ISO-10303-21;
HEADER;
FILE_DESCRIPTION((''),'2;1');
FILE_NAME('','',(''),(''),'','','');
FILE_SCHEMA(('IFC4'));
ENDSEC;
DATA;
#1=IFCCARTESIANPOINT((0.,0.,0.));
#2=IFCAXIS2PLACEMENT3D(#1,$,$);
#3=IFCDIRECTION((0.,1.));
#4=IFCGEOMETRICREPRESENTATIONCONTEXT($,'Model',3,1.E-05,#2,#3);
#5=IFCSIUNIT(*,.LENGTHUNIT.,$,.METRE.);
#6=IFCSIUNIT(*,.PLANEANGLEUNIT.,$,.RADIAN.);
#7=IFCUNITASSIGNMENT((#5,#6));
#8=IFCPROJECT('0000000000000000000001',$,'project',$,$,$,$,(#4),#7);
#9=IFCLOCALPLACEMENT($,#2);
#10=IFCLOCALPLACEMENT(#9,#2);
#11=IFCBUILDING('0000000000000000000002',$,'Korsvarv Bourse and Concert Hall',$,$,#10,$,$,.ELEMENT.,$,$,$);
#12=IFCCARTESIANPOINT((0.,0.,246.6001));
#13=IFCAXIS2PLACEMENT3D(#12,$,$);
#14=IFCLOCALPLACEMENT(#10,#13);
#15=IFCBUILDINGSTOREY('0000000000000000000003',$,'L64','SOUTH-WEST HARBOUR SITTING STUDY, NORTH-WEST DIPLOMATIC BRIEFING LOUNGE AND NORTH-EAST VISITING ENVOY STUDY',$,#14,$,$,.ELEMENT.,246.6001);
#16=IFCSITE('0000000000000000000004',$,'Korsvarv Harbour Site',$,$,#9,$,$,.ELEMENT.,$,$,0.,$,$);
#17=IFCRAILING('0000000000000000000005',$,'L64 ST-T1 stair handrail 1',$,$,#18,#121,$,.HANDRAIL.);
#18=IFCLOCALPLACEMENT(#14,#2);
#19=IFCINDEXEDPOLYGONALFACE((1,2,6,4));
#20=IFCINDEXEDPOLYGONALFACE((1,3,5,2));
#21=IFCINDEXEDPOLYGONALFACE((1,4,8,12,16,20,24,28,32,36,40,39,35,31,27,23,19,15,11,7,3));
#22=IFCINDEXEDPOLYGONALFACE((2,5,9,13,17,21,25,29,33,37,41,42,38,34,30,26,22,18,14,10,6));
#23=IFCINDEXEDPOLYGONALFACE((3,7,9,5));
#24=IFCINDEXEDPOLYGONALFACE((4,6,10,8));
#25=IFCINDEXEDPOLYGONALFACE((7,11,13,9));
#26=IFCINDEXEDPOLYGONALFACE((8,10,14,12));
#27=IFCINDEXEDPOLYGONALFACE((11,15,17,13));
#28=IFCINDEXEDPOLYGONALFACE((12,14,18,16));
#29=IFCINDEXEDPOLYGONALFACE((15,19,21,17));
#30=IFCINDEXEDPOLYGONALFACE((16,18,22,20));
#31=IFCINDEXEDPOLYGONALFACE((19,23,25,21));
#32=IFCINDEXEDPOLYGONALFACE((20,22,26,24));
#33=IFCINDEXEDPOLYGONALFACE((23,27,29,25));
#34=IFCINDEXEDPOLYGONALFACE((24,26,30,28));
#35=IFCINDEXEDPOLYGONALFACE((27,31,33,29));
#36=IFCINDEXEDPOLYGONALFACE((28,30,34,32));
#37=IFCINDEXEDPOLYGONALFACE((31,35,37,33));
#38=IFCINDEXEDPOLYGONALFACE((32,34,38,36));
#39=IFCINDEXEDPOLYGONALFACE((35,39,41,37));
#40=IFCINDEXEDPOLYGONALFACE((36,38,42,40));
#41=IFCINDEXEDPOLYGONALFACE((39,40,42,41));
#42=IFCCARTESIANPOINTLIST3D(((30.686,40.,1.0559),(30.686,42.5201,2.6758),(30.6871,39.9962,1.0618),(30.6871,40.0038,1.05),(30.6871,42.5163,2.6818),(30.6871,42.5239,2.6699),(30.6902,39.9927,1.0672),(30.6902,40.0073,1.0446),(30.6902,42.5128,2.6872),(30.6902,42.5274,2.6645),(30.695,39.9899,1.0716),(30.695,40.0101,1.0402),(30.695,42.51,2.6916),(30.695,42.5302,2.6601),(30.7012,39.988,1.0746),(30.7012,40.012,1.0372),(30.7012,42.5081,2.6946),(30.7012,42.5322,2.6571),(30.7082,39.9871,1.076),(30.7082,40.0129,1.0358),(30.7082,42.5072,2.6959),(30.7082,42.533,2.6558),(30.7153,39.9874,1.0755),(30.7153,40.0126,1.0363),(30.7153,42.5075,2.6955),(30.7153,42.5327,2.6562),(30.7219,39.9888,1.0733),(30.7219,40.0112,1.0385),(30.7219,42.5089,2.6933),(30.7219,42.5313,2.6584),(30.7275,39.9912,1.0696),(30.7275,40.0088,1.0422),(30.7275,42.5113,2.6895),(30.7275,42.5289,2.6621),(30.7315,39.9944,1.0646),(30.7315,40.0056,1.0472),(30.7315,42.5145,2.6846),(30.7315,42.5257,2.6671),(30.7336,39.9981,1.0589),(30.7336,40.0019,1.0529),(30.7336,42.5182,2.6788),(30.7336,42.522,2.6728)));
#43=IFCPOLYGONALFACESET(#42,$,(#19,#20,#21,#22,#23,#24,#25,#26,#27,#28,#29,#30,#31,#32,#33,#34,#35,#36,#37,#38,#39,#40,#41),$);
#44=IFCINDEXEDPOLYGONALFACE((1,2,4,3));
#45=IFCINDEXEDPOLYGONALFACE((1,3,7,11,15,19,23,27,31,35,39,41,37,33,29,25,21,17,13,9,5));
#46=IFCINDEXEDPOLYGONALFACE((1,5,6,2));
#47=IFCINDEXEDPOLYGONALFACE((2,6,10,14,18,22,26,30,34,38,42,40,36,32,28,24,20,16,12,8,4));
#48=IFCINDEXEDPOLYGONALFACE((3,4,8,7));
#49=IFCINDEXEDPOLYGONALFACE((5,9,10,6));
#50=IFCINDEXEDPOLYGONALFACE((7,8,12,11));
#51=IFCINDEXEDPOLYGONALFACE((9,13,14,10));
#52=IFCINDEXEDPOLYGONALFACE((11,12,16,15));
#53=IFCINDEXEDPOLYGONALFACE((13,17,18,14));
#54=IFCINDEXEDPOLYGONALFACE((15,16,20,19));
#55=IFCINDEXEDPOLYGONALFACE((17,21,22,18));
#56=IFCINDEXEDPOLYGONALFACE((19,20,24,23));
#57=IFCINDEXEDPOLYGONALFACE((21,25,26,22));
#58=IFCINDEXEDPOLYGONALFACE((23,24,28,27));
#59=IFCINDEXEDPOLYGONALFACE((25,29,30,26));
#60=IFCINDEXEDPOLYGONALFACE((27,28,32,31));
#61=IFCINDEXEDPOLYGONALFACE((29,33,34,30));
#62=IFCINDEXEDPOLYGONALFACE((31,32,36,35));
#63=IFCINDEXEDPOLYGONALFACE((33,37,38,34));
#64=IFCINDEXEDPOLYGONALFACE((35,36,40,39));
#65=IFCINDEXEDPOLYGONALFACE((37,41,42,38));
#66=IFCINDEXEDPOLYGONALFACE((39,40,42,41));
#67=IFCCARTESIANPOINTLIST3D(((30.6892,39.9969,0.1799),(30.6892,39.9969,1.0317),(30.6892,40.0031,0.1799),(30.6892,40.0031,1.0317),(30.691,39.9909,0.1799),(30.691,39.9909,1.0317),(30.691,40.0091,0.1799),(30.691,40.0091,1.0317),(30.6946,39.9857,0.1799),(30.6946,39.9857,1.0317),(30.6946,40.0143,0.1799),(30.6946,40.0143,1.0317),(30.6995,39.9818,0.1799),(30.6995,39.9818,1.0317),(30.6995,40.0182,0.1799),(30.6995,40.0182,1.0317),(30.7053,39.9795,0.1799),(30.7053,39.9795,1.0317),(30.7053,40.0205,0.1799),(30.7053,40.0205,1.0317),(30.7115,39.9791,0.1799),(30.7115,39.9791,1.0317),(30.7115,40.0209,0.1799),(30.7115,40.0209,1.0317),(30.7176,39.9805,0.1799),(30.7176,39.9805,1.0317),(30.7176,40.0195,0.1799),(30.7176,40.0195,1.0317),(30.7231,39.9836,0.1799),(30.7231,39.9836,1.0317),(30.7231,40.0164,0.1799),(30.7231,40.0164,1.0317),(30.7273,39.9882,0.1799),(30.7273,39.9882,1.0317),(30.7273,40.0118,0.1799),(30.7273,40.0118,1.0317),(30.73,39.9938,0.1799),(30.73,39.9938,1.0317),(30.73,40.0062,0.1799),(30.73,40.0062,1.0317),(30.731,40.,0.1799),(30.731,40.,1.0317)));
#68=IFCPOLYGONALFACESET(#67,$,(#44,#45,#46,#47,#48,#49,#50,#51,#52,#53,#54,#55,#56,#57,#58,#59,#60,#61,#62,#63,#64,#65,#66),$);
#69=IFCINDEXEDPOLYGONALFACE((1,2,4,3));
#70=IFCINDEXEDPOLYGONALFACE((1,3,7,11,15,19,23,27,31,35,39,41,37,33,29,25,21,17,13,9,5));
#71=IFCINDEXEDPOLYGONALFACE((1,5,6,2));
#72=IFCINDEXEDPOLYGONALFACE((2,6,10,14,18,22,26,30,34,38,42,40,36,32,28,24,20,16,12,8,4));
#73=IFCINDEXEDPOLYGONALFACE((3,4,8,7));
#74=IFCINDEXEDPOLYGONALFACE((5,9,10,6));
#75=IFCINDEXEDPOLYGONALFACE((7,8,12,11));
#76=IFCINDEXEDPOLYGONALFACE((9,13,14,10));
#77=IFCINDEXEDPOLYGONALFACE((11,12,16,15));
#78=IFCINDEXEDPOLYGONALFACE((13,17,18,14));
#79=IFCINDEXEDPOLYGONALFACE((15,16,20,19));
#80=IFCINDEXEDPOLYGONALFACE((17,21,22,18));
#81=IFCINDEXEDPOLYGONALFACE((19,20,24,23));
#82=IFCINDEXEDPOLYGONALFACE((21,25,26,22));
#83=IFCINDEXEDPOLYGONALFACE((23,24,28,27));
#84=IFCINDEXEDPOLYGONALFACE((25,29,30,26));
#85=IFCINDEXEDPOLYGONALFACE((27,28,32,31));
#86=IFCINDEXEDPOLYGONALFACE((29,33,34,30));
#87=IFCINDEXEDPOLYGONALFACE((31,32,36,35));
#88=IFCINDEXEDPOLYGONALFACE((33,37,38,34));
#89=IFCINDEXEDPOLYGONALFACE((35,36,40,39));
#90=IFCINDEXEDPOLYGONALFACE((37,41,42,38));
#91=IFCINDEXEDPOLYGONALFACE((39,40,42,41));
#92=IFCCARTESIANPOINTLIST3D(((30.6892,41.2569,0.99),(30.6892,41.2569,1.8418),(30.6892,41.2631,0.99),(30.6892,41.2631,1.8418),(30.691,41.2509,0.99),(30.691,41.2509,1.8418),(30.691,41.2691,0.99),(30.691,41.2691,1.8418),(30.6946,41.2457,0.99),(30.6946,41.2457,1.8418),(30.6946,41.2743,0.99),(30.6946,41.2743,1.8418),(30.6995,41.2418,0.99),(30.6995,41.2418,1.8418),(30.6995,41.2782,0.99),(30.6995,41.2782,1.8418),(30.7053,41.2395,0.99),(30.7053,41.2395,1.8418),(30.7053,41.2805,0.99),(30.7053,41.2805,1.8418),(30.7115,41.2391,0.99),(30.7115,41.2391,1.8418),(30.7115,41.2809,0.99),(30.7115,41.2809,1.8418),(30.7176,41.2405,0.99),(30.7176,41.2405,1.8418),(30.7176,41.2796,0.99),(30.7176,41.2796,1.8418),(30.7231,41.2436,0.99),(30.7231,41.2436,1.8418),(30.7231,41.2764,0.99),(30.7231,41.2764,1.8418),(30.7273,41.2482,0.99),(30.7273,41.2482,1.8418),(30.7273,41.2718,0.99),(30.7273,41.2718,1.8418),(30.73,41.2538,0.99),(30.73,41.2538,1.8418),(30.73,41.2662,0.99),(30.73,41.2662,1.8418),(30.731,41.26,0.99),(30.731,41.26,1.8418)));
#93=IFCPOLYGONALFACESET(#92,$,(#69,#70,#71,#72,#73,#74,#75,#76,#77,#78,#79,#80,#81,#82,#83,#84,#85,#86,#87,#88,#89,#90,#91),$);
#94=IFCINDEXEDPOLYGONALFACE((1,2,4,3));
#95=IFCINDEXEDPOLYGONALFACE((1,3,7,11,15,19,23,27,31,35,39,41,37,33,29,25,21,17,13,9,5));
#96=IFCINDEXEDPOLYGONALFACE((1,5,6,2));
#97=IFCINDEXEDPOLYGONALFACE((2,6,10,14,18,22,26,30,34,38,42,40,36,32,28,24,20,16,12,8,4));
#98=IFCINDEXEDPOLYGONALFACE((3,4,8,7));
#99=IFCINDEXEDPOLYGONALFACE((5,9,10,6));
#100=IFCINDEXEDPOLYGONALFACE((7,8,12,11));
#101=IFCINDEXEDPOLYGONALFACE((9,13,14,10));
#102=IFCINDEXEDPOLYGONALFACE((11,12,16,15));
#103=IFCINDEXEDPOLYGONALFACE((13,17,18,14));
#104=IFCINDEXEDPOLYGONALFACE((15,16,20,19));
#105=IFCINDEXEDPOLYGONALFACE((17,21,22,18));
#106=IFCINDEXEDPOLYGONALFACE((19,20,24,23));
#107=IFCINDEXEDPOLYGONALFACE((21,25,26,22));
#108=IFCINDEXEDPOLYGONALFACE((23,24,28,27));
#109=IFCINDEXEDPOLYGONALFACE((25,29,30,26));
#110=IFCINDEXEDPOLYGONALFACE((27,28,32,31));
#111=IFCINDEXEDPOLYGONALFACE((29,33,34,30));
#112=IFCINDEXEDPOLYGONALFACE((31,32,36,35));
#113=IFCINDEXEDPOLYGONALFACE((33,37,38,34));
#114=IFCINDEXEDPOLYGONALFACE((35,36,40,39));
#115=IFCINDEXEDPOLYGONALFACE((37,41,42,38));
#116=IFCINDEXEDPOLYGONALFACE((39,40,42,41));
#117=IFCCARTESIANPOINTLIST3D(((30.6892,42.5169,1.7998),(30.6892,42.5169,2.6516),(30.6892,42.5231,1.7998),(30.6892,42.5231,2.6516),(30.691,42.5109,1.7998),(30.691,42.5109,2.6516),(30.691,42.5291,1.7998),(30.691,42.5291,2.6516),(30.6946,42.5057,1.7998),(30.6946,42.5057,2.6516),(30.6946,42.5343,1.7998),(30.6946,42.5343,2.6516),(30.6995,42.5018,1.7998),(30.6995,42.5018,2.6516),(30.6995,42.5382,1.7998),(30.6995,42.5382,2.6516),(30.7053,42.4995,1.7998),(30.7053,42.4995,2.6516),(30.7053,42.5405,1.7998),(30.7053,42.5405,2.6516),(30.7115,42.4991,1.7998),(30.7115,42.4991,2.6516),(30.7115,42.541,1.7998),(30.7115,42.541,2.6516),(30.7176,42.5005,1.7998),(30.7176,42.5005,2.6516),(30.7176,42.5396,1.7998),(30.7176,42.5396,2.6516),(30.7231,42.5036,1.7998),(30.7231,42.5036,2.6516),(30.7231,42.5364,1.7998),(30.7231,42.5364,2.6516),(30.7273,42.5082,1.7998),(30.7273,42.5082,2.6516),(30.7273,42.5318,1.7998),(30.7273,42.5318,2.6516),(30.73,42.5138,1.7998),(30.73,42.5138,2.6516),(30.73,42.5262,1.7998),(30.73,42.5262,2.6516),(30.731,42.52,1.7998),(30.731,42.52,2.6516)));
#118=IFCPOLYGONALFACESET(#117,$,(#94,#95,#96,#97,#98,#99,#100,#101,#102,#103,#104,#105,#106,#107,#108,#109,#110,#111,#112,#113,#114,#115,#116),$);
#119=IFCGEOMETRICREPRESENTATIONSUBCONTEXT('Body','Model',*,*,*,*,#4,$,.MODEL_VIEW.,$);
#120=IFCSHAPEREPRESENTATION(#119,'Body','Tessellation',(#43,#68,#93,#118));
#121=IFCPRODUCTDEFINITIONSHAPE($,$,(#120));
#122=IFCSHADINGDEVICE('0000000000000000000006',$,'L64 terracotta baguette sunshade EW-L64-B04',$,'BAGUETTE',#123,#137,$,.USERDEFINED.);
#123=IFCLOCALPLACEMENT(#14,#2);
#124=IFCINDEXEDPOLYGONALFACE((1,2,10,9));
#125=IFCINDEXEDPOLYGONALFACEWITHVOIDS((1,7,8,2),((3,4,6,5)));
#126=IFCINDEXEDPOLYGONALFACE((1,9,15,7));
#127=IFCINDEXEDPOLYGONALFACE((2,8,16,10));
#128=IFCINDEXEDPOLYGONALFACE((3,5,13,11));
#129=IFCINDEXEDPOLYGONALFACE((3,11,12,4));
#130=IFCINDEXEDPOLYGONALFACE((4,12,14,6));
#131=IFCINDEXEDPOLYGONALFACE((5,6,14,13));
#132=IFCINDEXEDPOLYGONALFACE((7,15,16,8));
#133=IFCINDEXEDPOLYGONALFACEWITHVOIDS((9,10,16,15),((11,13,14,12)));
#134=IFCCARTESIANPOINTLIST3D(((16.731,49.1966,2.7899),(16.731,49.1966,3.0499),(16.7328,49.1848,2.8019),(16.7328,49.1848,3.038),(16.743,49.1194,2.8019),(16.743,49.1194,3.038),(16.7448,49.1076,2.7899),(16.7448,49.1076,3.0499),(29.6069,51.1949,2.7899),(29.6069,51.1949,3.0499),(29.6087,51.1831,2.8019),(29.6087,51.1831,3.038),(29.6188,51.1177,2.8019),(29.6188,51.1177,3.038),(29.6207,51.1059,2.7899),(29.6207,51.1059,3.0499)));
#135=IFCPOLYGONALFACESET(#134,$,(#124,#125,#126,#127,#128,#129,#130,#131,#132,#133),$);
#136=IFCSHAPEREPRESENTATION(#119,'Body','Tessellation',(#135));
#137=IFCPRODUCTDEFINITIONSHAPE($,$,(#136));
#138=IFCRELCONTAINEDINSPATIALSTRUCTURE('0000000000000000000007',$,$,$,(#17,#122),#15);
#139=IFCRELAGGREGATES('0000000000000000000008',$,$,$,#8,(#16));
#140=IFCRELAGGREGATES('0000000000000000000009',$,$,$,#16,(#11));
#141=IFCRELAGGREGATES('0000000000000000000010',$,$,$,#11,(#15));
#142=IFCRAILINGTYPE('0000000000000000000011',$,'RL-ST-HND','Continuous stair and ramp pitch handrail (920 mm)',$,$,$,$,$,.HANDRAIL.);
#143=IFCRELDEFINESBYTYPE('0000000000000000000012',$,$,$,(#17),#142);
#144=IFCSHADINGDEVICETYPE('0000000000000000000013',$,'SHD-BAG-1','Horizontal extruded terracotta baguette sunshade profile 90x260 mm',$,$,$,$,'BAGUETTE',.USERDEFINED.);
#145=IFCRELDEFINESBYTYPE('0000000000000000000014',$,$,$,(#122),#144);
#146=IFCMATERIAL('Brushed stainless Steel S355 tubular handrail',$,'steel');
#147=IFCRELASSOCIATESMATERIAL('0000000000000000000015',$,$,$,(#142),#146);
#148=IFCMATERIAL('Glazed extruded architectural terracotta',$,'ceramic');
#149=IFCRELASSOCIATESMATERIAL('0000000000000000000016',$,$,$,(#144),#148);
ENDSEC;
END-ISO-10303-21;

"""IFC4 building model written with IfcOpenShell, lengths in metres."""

from ifc_helpers import new_model, si_unit, direction, frame, origin, origin_2d, place, context, subcontext, project, spatial, hollow_rectangle, circle, extrude, source, transform, mapped, material, material_profile, profile_set, type_object, element, save


model = new_model("IFC4")

# Units and contexts
model_context = context("Model", 3, precision=1e-05, world=origin(), true_north=direction((0.0, 1.0)))
body_context = subcontext(model_context, "Body", "Model", "MODEL_VIEW")
ifc_project = project(units=[si_unit("LENGTHUNIT", "METRE"), si_unit("PLANEANGLEUNIT", "RADIAN")], contexts=[model_context])

# Site, building, storey
site_placement = place(None, origin())
site = spatial("IfcSite", under=ifc_project, at=site_placement, Name="Korsvarv Harbour Site", CompositionType="ELEMENT", RefElevation=0.0)
building_placement = place(site_placement, origin())
building = spatial("IfcBuilding", under=site, at=building_placement, Name="Korsvarv Bourse and Concert Hall", CompositionType="ELEMENT")
storey_placement = place(building_placement, frame((0.0, 0.0, 246.6001)))
storey = spatial("IfcBuildingStorey", under=building, at=storey_placement, Name="L64", Description="SOUTH-WEST HARBOUR SITTING STUDY, NORTH-WEST DIPLOMATIC BRIEFING LOUNGE AND NORTH-EAST VISITING ENVOY STUDY", CompositionType="ELEMENT", Elevation=246.6001)

# Railing
ifc_material_1 = material(Name="Brushed stainless Steel S355 tubular handrail", Category="steel")
railing_type_1 = type_object("IfcRailingType", Name="RL-ST-HND", Description="Continuous stair and ramp pitch handrail (920 mm)", PredefinedType="HANDRAIL", material=ifc_material_1)
railing_1_placement = place(storey_placement, frame((30.71, 40.0, 0.1799)))
element("IfcRailing", 1, at=railing_1_placement, inside=storey, type_object=railing_type_1, Name="L64 ST-T1 stair handrail 1", PredefinedType="HANDRAIL", context=body_context, shape_type="SweptSolid", body=[
    extrude(circle(Radius=0.0239, at=origin_2d()), frame((0.0, 0.0, 0.876), z_axis=(0.0, 0.8412, 0.540725), x_axis=(-1.0, 0.0, 0.0)), (0.0, 0.0, 1.0), 2.9958),
    extrude(circle(Radius=0.021, at=origin_2d()), origin(), (0.0, 0.0, 1.0), 0.8518),
    extrude(circle(Radius=0.021, at=origin_2d()), frame((0.0, 1.26, 0.8101)), (0.0, 0.0, 1.0), 0.8518),
    extrude(circle(Radius=0.021, at=origin_2d()), frame((0.0, 2.52, 1.6199)), (0.0, 0.0, 1.0), 0.8518),
])

# Shading device
ifc_material_2 = material(Name="Glazed extruded architectural terracotta", Category="ceramic")
ifc_material_profile_1 = material_profile(ifc_material_2, hollow_rectangle(XDim=0.0901, YDim=0.26, WallThickness=0.012, at=origin_2d()), Name="TC-BAG 90x260")
ifc_profile_set_1 = profile_set([ifc_material_profile_1], Name="Glazed extruded architectural terracotta")
shading_device_type = type_object("IfcShadingDeviceType", Name="SHD-BAG-1", Description="Horizontal extruded terracotta baguette sunshade profile 90x260 mm", ElementType="BAGUETTE", PredefinedType="USERDEFINED", material=ifc_profile_set_1)
shared_shape_1 = source(origin(), body_context, "Body", "SweptSolid", [
    extrude(hollow_rectangle(XDim=0.0901, YDim=0.26, WallThickness=0.012, at=origin_2d()), origin(), (0.0, 0.0, 1.0), 13.03),
])
shading_device_placement = place(storey_placement, frame((29.6138, 51.1504, 2.9199), z_axis=(-0.98817, -0.153359, 0.0), x_axis=(0.153359, -0.98817, 0.0)))
element("IfcShadingDevice", 2, at=shading_device_placement, inside=storey, type_object=shading_device_type, Name="L64 terracotta baguette sunshade EW-L64-B04", ObjectType="BAGUETTE", PredefinedType="USERDEFINED", context=body_context, shape_type="MappedRepresentation", body=[
    mapped(shared_shape_1, transform((0.0, 0.0, 0.0), scale=1.0)),
])

save(model, "model.ifc")
